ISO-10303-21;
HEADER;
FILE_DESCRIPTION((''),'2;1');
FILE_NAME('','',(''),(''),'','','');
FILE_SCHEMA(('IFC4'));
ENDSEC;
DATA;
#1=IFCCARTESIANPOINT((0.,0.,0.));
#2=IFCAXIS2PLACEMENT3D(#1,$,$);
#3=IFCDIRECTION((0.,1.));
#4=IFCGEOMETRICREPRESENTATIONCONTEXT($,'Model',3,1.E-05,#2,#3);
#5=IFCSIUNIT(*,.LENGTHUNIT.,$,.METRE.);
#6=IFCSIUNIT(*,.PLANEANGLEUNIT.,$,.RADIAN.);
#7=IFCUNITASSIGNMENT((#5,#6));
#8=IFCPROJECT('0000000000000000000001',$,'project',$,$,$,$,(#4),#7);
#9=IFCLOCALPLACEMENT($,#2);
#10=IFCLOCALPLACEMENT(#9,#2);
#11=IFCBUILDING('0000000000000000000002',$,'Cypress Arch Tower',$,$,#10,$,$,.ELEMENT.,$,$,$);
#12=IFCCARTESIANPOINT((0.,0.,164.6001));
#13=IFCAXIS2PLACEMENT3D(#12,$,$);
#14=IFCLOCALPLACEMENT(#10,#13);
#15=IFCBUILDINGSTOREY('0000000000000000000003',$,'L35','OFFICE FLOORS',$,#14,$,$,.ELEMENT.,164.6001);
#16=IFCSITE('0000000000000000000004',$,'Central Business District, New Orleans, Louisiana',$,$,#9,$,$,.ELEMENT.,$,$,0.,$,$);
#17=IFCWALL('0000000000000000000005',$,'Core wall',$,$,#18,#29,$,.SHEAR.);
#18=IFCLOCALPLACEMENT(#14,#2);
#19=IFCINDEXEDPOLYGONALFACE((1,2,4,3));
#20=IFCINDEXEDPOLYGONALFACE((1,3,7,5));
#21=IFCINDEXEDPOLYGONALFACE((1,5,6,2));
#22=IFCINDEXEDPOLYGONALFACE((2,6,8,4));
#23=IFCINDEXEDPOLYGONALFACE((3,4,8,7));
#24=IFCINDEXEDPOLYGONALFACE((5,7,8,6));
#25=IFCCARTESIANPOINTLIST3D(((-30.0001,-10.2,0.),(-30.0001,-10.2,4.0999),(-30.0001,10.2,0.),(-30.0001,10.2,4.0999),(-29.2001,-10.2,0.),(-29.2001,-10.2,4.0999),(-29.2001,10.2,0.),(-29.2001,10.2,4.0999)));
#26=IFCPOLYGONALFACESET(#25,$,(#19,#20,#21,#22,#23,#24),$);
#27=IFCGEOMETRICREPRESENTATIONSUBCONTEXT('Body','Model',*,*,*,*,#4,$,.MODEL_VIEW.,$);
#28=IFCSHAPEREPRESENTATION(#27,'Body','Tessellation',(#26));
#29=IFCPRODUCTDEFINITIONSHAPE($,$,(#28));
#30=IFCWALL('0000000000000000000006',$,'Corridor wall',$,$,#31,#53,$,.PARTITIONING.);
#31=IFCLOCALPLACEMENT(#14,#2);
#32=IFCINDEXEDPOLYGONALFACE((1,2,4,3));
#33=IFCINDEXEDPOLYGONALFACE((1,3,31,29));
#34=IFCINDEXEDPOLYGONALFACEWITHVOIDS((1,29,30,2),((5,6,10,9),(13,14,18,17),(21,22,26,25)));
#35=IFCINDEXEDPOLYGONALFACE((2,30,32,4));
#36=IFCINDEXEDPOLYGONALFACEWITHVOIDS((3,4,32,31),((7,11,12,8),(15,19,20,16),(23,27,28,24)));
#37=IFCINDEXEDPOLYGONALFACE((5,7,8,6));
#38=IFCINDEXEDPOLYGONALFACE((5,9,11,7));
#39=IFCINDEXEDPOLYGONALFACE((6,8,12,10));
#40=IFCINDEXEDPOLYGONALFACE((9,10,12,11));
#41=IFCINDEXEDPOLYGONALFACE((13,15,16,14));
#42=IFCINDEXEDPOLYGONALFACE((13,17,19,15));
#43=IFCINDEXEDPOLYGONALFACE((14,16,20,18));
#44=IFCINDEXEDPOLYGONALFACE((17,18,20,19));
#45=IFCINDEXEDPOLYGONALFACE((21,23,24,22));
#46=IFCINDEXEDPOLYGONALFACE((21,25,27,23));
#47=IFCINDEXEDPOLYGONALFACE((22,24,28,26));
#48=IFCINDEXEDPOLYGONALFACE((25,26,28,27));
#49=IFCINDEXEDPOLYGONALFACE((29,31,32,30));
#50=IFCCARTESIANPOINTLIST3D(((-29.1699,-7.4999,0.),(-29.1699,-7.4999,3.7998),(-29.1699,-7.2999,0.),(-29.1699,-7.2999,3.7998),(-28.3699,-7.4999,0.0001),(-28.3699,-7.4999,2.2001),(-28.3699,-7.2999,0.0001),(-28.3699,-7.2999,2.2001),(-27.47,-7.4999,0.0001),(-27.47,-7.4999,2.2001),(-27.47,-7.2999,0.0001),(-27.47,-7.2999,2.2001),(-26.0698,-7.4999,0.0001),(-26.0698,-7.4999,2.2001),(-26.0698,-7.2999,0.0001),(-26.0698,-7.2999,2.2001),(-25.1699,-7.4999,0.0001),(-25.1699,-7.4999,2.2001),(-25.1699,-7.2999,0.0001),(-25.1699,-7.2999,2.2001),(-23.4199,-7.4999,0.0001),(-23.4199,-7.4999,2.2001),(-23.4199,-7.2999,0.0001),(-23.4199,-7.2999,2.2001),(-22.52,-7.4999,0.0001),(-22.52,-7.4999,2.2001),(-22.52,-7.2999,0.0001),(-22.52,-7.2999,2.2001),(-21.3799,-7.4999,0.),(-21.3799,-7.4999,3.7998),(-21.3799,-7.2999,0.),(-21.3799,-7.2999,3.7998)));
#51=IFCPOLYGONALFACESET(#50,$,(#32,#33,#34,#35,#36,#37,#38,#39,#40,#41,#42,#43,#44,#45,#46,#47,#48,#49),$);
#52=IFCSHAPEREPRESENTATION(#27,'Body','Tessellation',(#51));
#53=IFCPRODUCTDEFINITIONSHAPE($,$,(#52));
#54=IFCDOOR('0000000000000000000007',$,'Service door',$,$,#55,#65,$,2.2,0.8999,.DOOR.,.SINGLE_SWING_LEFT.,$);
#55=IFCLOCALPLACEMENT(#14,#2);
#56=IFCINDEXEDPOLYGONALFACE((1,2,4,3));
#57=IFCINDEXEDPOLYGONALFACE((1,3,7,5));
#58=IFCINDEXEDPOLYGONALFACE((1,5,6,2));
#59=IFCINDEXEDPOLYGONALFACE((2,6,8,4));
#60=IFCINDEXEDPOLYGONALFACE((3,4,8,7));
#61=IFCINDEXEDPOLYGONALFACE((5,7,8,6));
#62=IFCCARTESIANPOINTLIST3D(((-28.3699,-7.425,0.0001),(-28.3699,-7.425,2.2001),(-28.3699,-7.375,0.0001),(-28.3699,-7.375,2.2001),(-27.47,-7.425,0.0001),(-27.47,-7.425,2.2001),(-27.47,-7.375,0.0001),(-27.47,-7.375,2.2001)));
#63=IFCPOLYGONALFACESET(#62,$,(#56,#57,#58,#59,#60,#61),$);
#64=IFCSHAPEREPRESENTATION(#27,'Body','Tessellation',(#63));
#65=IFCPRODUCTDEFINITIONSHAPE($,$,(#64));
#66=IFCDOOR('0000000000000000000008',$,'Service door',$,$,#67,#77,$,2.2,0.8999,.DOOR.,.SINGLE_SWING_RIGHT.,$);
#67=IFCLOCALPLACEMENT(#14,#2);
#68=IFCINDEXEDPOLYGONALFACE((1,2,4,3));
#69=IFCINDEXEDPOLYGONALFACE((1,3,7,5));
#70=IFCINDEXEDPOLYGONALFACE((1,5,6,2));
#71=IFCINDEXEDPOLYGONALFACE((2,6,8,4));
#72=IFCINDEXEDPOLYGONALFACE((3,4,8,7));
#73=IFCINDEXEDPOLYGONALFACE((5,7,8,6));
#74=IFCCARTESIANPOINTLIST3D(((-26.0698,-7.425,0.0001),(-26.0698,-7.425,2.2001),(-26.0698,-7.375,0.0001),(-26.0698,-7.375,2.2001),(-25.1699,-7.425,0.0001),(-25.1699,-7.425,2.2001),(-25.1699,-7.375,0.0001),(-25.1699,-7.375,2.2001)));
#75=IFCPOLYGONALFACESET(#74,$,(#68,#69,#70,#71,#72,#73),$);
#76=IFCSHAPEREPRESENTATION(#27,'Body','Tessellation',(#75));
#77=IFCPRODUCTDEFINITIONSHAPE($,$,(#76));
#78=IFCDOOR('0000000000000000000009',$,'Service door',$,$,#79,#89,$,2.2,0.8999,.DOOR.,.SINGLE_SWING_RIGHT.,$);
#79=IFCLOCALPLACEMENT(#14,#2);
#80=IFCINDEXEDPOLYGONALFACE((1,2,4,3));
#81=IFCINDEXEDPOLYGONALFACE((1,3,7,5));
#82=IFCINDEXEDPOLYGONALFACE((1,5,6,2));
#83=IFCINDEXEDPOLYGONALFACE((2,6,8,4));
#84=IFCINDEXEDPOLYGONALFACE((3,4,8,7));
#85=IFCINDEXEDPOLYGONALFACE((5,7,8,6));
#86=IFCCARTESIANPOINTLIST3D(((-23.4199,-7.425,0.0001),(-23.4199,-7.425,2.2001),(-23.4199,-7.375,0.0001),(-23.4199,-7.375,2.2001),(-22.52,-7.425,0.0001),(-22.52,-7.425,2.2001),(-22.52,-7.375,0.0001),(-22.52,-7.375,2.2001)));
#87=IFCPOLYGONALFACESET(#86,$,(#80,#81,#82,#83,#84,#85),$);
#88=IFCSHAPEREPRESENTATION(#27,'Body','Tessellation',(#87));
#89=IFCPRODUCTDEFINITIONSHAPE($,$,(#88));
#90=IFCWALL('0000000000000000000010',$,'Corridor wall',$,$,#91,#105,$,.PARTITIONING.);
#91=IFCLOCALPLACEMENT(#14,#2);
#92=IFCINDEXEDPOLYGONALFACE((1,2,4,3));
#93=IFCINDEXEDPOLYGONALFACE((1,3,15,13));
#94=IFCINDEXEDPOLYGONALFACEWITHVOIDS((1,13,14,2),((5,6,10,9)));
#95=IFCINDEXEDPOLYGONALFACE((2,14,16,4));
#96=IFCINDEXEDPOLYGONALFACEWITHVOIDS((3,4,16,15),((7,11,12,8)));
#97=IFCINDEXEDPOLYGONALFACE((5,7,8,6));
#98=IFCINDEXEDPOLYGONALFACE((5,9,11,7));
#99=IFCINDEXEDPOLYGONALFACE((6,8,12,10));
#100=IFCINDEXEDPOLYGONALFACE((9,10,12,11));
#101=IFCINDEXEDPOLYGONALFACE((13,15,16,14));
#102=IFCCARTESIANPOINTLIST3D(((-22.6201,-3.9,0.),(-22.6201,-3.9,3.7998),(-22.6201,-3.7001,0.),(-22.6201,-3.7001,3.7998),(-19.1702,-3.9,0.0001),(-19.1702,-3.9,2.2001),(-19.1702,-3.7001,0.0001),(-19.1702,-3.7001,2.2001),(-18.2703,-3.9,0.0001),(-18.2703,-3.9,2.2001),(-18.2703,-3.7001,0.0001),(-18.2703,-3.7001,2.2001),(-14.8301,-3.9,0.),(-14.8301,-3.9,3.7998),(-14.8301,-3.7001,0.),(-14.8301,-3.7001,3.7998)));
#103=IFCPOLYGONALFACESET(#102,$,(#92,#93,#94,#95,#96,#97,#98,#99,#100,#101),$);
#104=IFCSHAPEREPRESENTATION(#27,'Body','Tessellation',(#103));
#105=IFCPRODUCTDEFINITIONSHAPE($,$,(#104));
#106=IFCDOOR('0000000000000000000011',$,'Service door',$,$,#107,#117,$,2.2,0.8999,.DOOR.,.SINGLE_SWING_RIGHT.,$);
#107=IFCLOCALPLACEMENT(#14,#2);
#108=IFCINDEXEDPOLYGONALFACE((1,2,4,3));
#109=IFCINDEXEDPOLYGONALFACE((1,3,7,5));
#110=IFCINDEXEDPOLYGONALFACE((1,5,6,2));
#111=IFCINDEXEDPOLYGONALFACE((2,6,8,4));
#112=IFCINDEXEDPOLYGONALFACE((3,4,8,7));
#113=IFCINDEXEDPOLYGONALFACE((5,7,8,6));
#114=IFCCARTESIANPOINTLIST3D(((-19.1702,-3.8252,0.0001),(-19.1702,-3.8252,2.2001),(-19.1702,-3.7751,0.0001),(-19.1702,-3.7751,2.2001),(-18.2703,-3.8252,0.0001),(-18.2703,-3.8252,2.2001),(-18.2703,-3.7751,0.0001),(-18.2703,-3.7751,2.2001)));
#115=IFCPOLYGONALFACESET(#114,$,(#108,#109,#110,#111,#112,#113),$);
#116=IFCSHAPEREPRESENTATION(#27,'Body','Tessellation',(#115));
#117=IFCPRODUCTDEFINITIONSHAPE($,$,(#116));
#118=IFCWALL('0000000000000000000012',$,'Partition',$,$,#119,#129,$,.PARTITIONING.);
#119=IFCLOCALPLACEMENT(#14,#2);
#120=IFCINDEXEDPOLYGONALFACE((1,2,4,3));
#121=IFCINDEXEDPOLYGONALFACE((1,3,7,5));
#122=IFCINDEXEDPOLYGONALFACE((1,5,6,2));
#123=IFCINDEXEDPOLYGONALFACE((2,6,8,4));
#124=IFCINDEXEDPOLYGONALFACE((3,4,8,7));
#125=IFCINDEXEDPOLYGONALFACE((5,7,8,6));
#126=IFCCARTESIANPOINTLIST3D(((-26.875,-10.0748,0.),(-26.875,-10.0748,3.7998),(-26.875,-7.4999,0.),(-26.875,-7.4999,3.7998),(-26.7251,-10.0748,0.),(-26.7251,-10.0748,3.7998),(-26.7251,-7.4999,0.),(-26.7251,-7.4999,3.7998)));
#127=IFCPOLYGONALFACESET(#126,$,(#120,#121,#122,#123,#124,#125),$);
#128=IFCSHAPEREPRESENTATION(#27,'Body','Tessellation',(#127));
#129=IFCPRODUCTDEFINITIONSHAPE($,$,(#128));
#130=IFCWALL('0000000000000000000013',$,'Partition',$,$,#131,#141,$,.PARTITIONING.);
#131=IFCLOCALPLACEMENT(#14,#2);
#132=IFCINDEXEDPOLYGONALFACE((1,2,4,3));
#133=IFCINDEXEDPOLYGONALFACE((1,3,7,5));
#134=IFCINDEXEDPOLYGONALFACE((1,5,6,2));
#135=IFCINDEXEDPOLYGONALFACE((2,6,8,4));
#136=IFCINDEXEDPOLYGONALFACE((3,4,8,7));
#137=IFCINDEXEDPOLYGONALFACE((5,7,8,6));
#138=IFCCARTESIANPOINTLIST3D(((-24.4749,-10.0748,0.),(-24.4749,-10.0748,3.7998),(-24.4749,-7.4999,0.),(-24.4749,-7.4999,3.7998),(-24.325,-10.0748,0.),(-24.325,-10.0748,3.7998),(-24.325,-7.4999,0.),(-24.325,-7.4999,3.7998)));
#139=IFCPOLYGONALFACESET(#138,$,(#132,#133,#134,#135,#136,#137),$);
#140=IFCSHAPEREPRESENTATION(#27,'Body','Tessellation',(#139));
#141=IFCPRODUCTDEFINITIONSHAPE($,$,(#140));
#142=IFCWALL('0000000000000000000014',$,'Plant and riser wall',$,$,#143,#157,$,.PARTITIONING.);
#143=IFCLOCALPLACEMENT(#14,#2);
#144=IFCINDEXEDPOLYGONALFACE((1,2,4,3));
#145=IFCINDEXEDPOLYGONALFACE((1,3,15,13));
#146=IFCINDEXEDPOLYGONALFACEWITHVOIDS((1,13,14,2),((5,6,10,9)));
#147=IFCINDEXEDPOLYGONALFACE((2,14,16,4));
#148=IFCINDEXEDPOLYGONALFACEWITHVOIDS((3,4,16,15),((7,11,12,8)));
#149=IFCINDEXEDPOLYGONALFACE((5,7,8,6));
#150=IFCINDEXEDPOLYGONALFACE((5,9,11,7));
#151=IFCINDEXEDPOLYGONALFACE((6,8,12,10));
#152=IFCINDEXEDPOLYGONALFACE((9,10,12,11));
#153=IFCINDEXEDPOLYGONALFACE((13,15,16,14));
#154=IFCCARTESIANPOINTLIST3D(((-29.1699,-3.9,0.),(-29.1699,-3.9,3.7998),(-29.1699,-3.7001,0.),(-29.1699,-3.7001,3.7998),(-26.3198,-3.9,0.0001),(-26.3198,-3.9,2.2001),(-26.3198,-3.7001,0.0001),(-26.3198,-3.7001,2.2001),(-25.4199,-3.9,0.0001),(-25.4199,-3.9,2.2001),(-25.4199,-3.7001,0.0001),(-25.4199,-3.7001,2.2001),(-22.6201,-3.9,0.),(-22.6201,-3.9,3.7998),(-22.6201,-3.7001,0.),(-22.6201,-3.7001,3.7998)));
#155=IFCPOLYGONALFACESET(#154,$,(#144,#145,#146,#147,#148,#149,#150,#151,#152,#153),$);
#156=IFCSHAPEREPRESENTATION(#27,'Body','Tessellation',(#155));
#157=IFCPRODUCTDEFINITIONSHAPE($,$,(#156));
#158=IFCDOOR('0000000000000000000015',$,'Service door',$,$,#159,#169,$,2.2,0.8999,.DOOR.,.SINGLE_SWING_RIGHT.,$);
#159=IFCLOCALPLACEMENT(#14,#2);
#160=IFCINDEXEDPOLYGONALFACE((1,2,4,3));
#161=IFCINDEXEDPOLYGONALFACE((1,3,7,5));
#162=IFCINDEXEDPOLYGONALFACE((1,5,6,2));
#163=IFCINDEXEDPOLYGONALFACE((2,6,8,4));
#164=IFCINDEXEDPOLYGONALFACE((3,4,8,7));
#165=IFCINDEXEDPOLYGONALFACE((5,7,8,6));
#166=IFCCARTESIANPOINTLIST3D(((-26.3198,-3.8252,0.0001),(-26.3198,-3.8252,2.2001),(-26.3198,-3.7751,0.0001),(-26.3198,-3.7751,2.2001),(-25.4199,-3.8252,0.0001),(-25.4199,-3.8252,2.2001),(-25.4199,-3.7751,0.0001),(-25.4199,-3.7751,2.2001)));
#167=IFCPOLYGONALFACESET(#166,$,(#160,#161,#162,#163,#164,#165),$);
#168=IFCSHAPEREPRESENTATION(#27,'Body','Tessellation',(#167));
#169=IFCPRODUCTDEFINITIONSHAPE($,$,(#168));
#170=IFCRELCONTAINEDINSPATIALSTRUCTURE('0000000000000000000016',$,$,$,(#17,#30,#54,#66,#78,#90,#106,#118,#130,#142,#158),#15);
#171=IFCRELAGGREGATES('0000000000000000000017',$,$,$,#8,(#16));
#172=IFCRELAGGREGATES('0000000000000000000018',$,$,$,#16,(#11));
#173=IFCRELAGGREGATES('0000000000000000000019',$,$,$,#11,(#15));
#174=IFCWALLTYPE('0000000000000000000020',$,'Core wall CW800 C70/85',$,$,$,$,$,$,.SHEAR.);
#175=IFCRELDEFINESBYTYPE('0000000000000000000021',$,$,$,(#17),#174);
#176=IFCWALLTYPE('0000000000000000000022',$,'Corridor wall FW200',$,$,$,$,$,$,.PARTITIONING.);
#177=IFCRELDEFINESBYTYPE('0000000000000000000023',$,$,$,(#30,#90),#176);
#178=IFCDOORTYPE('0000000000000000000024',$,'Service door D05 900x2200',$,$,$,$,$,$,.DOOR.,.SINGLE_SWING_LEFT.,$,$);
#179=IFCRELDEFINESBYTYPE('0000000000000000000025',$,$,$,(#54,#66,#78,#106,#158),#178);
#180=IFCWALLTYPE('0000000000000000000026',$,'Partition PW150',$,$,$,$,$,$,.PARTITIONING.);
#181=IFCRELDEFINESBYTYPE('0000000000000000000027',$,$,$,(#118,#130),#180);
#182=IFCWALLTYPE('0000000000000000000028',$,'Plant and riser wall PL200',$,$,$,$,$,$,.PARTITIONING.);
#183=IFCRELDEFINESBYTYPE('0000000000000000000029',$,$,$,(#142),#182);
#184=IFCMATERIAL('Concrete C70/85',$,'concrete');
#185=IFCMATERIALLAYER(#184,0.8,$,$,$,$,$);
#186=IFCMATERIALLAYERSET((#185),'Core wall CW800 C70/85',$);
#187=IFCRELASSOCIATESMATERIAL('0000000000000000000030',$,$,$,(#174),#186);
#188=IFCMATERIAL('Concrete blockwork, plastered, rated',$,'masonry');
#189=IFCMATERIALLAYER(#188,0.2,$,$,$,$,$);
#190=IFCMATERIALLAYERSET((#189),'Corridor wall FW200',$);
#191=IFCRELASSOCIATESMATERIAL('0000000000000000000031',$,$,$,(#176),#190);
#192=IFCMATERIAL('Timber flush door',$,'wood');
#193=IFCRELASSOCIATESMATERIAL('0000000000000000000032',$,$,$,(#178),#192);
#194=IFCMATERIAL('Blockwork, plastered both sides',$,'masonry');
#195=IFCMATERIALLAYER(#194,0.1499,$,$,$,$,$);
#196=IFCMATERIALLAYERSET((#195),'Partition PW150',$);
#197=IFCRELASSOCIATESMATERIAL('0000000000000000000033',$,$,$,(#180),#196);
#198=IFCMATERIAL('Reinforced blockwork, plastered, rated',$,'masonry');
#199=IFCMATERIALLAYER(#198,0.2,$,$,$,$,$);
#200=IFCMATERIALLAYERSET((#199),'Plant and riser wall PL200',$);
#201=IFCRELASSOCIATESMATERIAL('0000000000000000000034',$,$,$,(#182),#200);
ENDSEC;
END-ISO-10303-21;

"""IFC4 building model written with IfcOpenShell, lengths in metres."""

from ifc_helpers import new_model, si_unit, direction, frame, frame_2d, origin, place, context, subcontext, project, spatial, rectangle, extrude, material, layer, layer_set, type_object, element, fill, save


model = new_model("IFC4")

# Units and contexts
model_context = context("Model", 3, precision=1e-05, world=origin(), true_north=direction((0.0, 1.0)))
body_context = subcontext(model_context, "Body", "Model", "MODEL_VIEW")
ifc_project = project(units=[si_unit("LENGTHUNIT", "METRE"), si_unit("PLANEANGLEUNIT", "RADIAN")], contexts=[model_context])

# Site, building, storey
site_placement = place(None, origin())
site = spatial("IfcSite", under=ifc_project, at=site_placement, Name="Central Business District, New Orleans, Louisiana", CompositionType="ELEMENT", RefElevation=0.0)
building_placement = place(site_placement, origin())
building = spatial("IfcBuilding", under=site, at=building_placement, Name="Cypress Arch Tower", CompositionType="ELEMENT")
storey_placement = place(building_placement, frame((0.0, 0.0, 164.6001)))
storey = spatial("IfcBuildingStorey", under=building, at=storey_placement, Name="L35", Description="OFFICE FLOORS", CompositionType="ELEMENT", Elevation=164.6001)

# Wall
ifc_material_1 = material(Name="Concrete C70/85", Category="concrete")
ifc_layer_1 = layer(ifc_material_1, 0.8)
ifc_layer_set_1 = layer_set([ifc_layer_1], Name="Core wall CW800 C70/85")
wall_type_1 = type_object("IfcWallType", Name="Core wall CW800 C70/85", PredefinedType="SHEAR", material=ifc_layer_set_1)
wall_1_placement = place(storey_placement, frame((-29.6001, -10.2, 0.0), z_axis=(0.0, 0.0, 1.0), x_axis=(0.0, 1.0, 0.0)))
element("IfcWall", 1, at=wall_1_placement, inside=storey, type_object=wall_type_1, Name="Core wall", PredefinedType="SHEAR", context=body_context, shape_type="SweptSolid", body=[
    extrude(rectangle(XDim=20.3999, YDim=0.8, at=frame_2d((10.2, 0.0))), origin(), (0.0, 0.0, 1.0), 4.0999),
])

# Wall, openings, doors
ifc_material_2 = material(Name="Concrete blockwork, plastered, rated", Category="masonry")
ifc_layer_2 = layer(ifc_material_2, 0.2)
ifc_layer_set_2 = layer_set([ifc_layer_2], Name="Corridor wall FW200")
wall_type_2 = type_object("IfcWallType", Name="Corridor wall FW200", PredefinedType="PARTITIONING", material=ifc_layer_set_2)
wall_2_placement = place(storey_placement, frame((-29.1699, -7.3999, 0.0), z_axis=(0.0, 0.0, 1.0), x_axis=(1.0, 0.0, 0.0)))
wall_2 = element("IfcWall", 2, at=wall_2_placement, inside=storey, type_object=wall_type_2, Name="Corridor wall", PredefinedType="PARTITIONING", context=body_context, shape_type="SweptSolid", body=[
    extrude(rectangle(XDim=7.79, YDim=0.2, at=frame_2d((3.895, 0.0))), origin(), (0.0, 0.0, 1.0), 3.7998),
])
opening_1_placement = place(wall_2_placement, frame((0.8, 0.0, 0.0)))
opening_1 = element("IfcOpeningElement", 3, at=opening_1_placement, cuts=wall_2, PredefinedType="OPENING", context=body_context, shape_type="SweptSolid", body=[
    extrude(rectangle(XDim=0.8999, YDim=2.2, at=frame_2d((0.45, 1.1001))), frame((0.0, 0.1099, 0.0), z_axis=(0.0, -1.0, 0.0), x_axis=(1.0, 0.0, 0.0)), (0.0, 0.0, 1.0), 0.22),
])
opening_2_placement = place(wall_2_placement, frame((3.1001, 0.0, 0.0)))
opening_2 = element("IfcOpeningElement", 4, at=opening_2_placement, cuts=wall_2, PredefinedType="OPENING", context=body_context, shape_type="SweptSolid", body=[
    extrude(rectangle(XDim=0.8999, YDim=2.2, at=frame_2d((0.45, 1.1001))), frame((0.0, 0.1099, 0.0), z_axis=(0.0, -1.0, 0.0), x_axis=(1.0, 0.0, 0.0)), (0.0, 0.0, 1.0), 0.22),
])
opening_3_placement = place(wall_2_placement, frame((5.75, 0.0, 0.0)))
opening_3 = element("IfcOpeningElement", 5, at=opening_3_placement, cuts=wall_2, PredefinedType="OPENING", context=body_context, shape_type="SweptSolid", body=[
    extrude(rectangle(XDim=0.8999, YDim=2.2, at=frame_2d((0.45, 1.1001))), frame((0.0, 0.1099, 0.0), z_axis=(0.0, -1.0, 0.0), x_axis=(1.0, 0.0, 0.0)), (0.0, 0.0, 1.0), 0.22),
])
ifc_material_3 = material(Name="Timber flush door", Category="wood")
door_type_1 = type_object("IfcDoorType", Name="Service door D05 900x2200", OperationType="SINGLE_SWING_LEFT", PredefinedType="DOOR", material=ifc_material_3)
door_1_placement = place(opening_1_placement, origin())
door_1 = element("IfcDoor", 6, at=door_1_placement, inside=storey, type_object=door_type_1, Name="Service door", OperationType="SINGLE_SWING_LEFT", OverallHeight=2.2, OverallWidth=0.8999, PredefinedType="DOOR", context=body_context, shape_type="SweptSolid", body=[
    extrude(rectangle(XDim=0.8999, YDim=2.2, at=frame_2d((0.45, 1.1001))), frame((0.0, 0.0249, 0.0), z_axis=(0.0, -1.0, 0.0), x_axis=(1.0, 0.0, 0.0)), (0.0, 0.0, 1.0), 0.05),
])
fill(opening_1, door_1)
door_2_placement = place(opening_2_placement, origin())
door_2 = element("IfcDoor", 7, at=door_2_placement, inside=storey, type_object=door_type_1, Name="Service door", OperationType="SINGLE_SWING_RIGHT", OverallHeight=2.2, OverallWidth=0.8999, PredefinedType="DOOR", context=body_context, shape_type="SweptSolid", body=[
    extrude(rectangle(XDim=0.8999, YDim=2.2, at=frame_2d((0.45, 1.1001))), frame((0.0, 0.0249, 0.0), z_axis=(0.0, -1.0, 0.0), x_axis=(1.0, 0.0, 0.0)), (0.0, 0.0, 1.0), 0.05),
])
fill(opening_2, door_2)
door_3_placement = place(opening_3_placement, origin())
door_3 = element("IfcDoor", 8, at=door_3_placement, inside=storey, type_object=door_type_1, Name="Service door", OperationType="SINGLE_SWING_RIGHT", OverallHeight=2.2, OverallWidth=0.8999, PredefinedType="DOOR", context=body_context, shape_type="SweptSolid", body=[
    extrude(rectangle(XDim=0.8999, YDim=2.2, at=frame_2d((0.45, 1.1001))), frame((0.0, 0.0249, 0.0), z_axis=(0.0, -1.0, 0.0), x_axis=(1.0, 0.0, 0.0)), (0.0, 0.0, 1.0), 0.05),
])
fill(opening_3, door_3)

# Wall, opening, door
wall_3_placement = place(storey_placement, frame((-22.6201, -3.8, 0.0), z_axis=(0.0, 0.0, 1.0), x_axis=(1.0, 0.0, 0.0)))
wall_3 = element("IfcWall", 9, at=wall_3_placement, inside=storey, type_object=wall_type_2, Name="Corridor wall", PredefinedType="PARTITIONING", context=body_context, shape_type="SweptSolid", body=[
    extrude(rectangle(XDim=7.79, YDim=0.2, at=frame_2d((3.895, 0.0))), origin(), (0.0, 0.0, 1.0), 3.7998),
])
opening_4_placement = place(wall_3_placement, frame((3.45, 0.0, 0.0)))
opening_4 = element("IfcOpeningElement", 10, at=opening_4_placement, cuts=wall_3, PredefinedType="OPENING", context=body_context, shape_type="SweptSolid", body=[
    extrude(rectangle(XDim=0.8999, YDim=2.2, at=frame_2d((0.45, 1.1001))), frame((0.0, 0.1099, 0.0), z_axis=(0.0, -1.0, 0.0), x_axis=(1.0, 0.0, 0.0)), (0.0, 0.0, 1.0), 0.22),
])
door_4_placement = place(opening_4_placement, origin())
door_4 = element("IfcDoor", 11, at=door_4_placement, inside=storey, type_object=door_type_1, Name="Service door", OperationType="SINGLE_SWING_RIGHT", OverallHeight=2.2, OverallWidth=0.8999, PredefinedType="DOOR", context=body_context, shape_type="SweptSolid", body=[
    extrude(rectangle(XDim=0.8999, YDim=2.2, at=frame_2d((0.45, 1.1001))), frame((0.0, 0.0249, 0.0), z_axis=(0.0, -1.0, 0.0), x_axis=(1.0, 0.0, 0.0)), (0.0, 0.0, 1.0), 0.05),
])
fill(opening_4, door_4)

# Walls
ifc_material_4 = material(Name="Blockwork, plastered both sides", Category="masonry")
ifc_layer_3 = layer(ifc_material_4, 0.1499)
ifc_layer_set_3 = layer_set([ifc_layer_3], Name="Partition PW150")
wall_type_3 = type_object("IfcWallType", Name="Partition PW150", PredefinedType="PARTITIONING", material=ifc_layer_set_3)
for number, where, z_axis, x_axis, name in (
    (12, (-26.8, -10.075, 0.0), (0.0, 0.0, 1.0), (0.0, 1.0, 0.0), "Partition"),
    (13, (-24.3999, -10.075, 0.0), (0.0, 0.0, 1.0), (0.0, 1.0, 0.0), "Partition"),
):
    element("IfcWall", number, at=place(storey_placement, frame(where, z_axis=z_axis, x_axis=x_axis)), inside=storey, type_object=wall_type_3, Name=name, PredefinedType="PARTITIONING", context=body_context, shape_type="SweptSolid", body=[
        extrude(rectangle(XDim=2.575, YDim=0.1499, at=frame_2d((1.2876, 0.0))), origin(), (0.0, 0.0, 1.0), 3.7998),
    ])

# Wall, opening, door
ifc_material_5 = material(Name="Reinforced blockwork, plastered, rated", Category="masonry")
ifc_layer_4 = layer(ifc_material_5, 0.2)
ifc_layer_set_4 = layer_set([ifc_layer_4], Name="Plant and riser wall PL200")
wall_type_4 = type_object("IfcWallType", Name="Plant and riser wall PL200", PredefinedType="PARTITIONING", material=ifc_layer_set_4)
wall_4_placement = place(storey_placement, frame((-29.1699, -3.8, 0.0), z_axis=(0.0, 0.0, 1.0), x_axis=(1.0, 0.0, 0.0)))
wall_4 = element("IfcWall", 14, at=wall_4_placement, inside=storey, type_object=wall_type_4, Name="Plant and riser wall", PredefinedType="PARTITIONING", context=body_context, shape_type="SweptSolid", body=[
    extrude(rectangle(XDim=6.5498, YDim=0.2, at=frame_2d((3.2749, 0.0))), origin(), (0.0, 0.0, 1.0), 3.7998),
])
opening_5_placement = place(wall_4_placement, frame((2.8501, 0.0, 0.0)))
opening_5 = element("IfcOpeningElement", 15, at=opening_5_placement, cuts=wall_4, PredefinedType="OPENING", context=body_context, shape_type="SweptSolid", body=[
    extrude(rectangle(XDim=0.8999, YDim=2.2, at=frame_2d((0.45, 1.1001))), frame((0.0, 0.1099, 0.0), z_axis=(0.0, -1.0, 0.0), x_axis=(1.0, 0.0, 0.0)), (0.0, 0.0, 1.0), 0.22),
])
door_5_placement = place(opening_5_placement, origin())
door_5 = element("IfcDoor", 16, at=door_5_placement, inside=storey, type_object=door_type_1, Name="Service door", OperationType="SINGLE_SWING_RIGHT", OverallHeight=2.2, OverallWidth=0.8999, PredefinedType="DOOR", context=body_context, shape_type="SweptSolid", body=[
    extrude(rectangle(XDim=0.8999, YDim=2.2, at=frame_2d((0.45, 1.1001))), frame((0.0, 0.0249, 0.0), z_axis=(0.0, -1.0, 0.0), x_axis=(1.0, 0.0, 0.0)), (0.0, 0.0, 1.0), 0.05),
])
fill(opening_5, door_5)

save(model, "model.ifc")
